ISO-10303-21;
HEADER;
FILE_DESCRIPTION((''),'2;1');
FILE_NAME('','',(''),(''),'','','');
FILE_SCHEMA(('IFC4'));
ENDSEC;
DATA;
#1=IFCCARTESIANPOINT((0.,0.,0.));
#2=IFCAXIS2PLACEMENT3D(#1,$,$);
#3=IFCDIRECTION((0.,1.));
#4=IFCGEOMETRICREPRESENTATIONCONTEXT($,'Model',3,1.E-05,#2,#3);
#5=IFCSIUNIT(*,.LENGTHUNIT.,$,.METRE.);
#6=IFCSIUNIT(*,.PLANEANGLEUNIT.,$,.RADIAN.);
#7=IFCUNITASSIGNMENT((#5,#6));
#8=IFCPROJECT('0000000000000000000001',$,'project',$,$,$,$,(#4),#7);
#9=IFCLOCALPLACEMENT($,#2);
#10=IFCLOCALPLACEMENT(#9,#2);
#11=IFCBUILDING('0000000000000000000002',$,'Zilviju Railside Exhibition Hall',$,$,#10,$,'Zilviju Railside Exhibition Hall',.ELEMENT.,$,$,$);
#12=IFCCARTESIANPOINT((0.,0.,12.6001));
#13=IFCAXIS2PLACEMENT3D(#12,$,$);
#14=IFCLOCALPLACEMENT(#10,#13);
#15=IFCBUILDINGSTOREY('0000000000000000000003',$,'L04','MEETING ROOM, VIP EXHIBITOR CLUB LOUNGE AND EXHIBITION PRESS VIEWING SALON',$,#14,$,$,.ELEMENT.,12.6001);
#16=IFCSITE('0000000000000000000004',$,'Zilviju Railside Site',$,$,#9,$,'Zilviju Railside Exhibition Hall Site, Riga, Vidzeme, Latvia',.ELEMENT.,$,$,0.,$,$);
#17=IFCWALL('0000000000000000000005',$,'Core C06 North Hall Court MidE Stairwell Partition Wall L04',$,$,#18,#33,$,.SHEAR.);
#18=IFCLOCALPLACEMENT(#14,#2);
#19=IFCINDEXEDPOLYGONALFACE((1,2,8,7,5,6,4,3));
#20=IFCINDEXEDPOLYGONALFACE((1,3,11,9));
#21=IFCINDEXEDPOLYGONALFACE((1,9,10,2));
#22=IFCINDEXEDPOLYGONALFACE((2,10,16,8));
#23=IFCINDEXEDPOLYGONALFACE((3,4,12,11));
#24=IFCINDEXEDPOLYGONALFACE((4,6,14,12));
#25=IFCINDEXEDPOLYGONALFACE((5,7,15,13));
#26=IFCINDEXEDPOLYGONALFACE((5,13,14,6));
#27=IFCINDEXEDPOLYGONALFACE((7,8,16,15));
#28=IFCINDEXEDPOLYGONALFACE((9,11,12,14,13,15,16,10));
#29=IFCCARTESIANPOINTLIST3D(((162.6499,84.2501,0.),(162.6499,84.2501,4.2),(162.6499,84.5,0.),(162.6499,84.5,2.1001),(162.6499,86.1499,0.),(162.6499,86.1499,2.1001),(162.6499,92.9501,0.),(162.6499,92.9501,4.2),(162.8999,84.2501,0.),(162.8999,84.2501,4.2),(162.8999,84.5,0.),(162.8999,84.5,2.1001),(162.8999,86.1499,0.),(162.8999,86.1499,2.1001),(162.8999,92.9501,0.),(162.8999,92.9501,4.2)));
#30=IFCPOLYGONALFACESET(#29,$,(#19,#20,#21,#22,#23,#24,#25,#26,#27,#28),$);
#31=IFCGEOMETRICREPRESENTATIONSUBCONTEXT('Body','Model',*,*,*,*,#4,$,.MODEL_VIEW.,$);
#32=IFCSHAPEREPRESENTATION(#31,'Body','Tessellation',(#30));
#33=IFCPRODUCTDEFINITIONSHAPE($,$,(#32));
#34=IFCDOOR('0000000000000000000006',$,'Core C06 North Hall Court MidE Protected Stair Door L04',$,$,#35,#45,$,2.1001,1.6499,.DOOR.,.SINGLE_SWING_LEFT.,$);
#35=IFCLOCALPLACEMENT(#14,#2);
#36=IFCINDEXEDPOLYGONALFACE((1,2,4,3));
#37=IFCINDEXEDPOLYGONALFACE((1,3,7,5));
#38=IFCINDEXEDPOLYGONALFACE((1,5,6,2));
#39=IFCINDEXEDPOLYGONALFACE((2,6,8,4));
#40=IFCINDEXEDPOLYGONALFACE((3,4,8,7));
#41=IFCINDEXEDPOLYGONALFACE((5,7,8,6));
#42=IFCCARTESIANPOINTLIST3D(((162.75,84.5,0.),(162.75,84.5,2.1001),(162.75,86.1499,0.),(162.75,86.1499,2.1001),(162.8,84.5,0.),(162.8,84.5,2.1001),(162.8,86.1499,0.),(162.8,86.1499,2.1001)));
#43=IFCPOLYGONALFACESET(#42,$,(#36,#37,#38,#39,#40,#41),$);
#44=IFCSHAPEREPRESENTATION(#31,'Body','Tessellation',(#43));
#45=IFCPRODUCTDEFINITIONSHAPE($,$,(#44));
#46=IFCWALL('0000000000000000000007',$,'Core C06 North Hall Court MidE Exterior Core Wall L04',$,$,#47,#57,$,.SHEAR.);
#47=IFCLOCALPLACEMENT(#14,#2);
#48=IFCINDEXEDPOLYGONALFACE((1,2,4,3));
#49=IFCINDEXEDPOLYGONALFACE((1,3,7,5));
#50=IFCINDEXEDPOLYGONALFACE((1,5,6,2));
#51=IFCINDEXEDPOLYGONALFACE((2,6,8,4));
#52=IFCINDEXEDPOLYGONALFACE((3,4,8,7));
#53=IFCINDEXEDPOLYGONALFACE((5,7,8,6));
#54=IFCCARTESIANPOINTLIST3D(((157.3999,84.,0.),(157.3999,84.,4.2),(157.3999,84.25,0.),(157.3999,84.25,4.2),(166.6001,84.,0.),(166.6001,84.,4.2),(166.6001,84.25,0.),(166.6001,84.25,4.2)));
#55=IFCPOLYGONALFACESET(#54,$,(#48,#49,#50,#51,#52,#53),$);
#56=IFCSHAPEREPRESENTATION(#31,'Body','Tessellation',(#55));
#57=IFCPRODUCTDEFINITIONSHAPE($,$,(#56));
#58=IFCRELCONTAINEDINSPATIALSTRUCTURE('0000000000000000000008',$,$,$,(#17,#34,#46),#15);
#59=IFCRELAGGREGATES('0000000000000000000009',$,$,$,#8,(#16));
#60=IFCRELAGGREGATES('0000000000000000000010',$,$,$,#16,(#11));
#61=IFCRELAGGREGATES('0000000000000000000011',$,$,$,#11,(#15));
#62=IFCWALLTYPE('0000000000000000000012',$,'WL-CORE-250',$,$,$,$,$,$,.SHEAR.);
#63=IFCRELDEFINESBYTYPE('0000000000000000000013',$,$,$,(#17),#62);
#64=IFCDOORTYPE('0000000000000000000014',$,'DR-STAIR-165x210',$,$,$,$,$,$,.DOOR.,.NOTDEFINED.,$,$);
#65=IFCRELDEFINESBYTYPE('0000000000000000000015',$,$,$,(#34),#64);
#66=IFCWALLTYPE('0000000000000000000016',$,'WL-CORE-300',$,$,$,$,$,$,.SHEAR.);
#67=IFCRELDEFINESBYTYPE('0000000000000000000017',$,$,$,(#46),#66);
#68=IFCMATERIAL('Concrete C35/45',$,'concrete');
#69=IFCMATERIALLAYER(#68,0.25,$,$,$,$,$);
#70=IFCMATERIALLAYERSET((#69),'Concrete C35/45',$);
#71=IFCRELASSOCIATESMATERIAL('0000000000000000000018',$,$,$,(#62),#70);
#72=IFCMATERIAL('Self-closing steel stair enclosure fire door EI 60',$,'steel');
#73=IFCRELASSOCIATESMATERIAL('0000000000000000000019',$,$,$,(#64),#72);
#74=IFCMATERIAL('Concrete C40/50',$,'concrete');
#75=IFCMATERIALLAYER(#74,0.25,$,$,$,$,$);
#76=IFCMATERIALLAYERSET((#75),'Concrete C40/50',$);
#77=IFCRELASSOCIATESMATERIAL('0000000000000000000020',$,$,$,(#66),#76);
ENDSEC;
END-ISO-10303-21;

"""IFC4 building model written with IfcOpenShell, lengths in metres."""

from ifc_helpers import new_model, si_unit, direction, frame, frame_2d, origin, place, context, subcontext, project, spatial, rectangle, extrude, material, layer, layer_set, type_object, element, fill, save


model = new_model("IFC4")

# Units and contexts
model_context = context("Model", 3, precision=1e-05, world=origin(), true_north=direction((0.0, 1.0)))
body_context = subcontext(model_context, "Body", "Model", "MODEL_VIEW")
ifc_project = project(units=[si_unit("LENGTHUNIT", "METRE"), si_unit("PLANEANGLEUNIT", "RADIAN")], contexts=[model_context])

# Site, building, storey
site_placement = place(None, origin())
site = spatial("IfcSite", under=ifc_project, at=site_placement, Name="Zilviju Railside Site", LongName="Zilviju Railside Exhibition Hall Site, Riga, Vidzeme, Latvia", CompositionType="ELEMENT", RefElevation=0.0)
building_placement = place(site_placement, origin())
building = spatial("IfcBuilding", under=site, at=building_placement, Name="Zilviju Railside Exhibition Hall", LongName="Zilviju Railside Exhibition Hall", CompositionType="ELEMENT")
storey_placement = place(building_placement, frame((0.0, 0.0, 12.6001)))
storey = spatial("IfcBuildingStorey", under=building, at=storey_placement, Name="L04", Description="MEETING ROOM, VIP EXHIBITOR CLUB LOUNGE AND EXHIBITION PRESS VIEWING SALON", CompositionType="ELEMENT", Elevation=12.6001)

# Shared definitions
ifc_material_1 = material(Name="Concrete C35/45", Category="concrete")
ifc_layer_1 = layer(ifc_material_1, 0.25)
ifc_layer_set_1 = layer_set([ifc_layer_1], Name="Concrete C35/45")
wall_type_1 = type_object("IfcWallType", Name="WL-CORE-250", PredefinedType="SHEAR", material=ifc_layer_set_1)

# Wall, opening, door
wall_1_placement = place(storey_placement, frame((162.7749, 84.25, 0.0), z_axis=(0.0, 0.0, 1.0), x_axis=(0.0, 1.0, 0.0)))
wall_1 = element("IfcWall", 1, at=wall_1_placement, inside=storey, type_object=wall_type_1, Name="Core C06 North Hall Court MidE Stairwell Partition Wall L04", PredefinedType="SHEAR", context=body_context, shape_type="SweptSolid", body=[
    extrude(rectangle(XDim=8.7, YDim=0.25, at=frame_2d((4.3501, 0.0))), origin(), (0.0, 0.0, 1.0), 4.2),
])
opening_placement = place(wall_1_placement, frame((0.25, 0.0, 0.0)))
opening = element("IfcOpeningElement", 2, at=opening_placement, cuts=wall_1, PredefinedType="OPENING", context=body_context, shape_type="SweptSolid", body=[
    extrude(rectangle(XDim=1.6499, YDim=2.1001, at=frame_2d((0.825, 1.05))), frame((0.0, 0.135, 0.0), z_axis=(0.0, -1.0, 0.0), x_axis=(1.0, 0.0, 0.0)), (0.0, 0.0, 1.0), 0.27),
])
ifc_material_2 = material(Name="Self-closing steel stair enclosure fire door EI 60", Category="steel")
door_type = type_object("IfcDoorType", Name="DR-STAIR-165x210", OperationType="NOTDEFINED", PredefinedType="DOOR", material=ifc_material_2)
door_placement = place(opening_placement, origin())
door = element("IfcDoor", 3, at=door_placement, inside=storey, type_object=door_type, Name="Core C06 North Hall Court MidE Protected Stair Door L04", OperationType="SINGLE_SWING_LEFT", OverallHeight=2.1001, OverallWidth=1.6499, PredefinedType="DOOR", context=body_context, shape_type="SweptSolid", body=[
    extrude(rectangle(XDim=1.6499, YDim=2.1001, at=frame_2d((0.825, 1.05))), frame((0.0, 0.0249, 0.0), z_axis=(0.0, -1.0, 0.0), x_axis=(1.0, 0.0, 0.0)), (0.0, 0.0, 1.0), 0.05),
])
fill(opening, door)

# Wall
ifc_material_3 = material(Name="Concrete C40/50", Category="concrete")
ifc_layer_2 = layer(ifc_material_3, 0.25)
ifc_layer_set_2 = layer_set([ifc_layer_2], Name="Concrete C40/50")
wall_type_2 = type_object("IfcWallType", Name="WL-CORE-300", PredefinedType="SHEAR", material=ifc_layer_set_2)
wall_2_placement = place(storey_placement, frame((166.6001, 84.125, 0.0), z_axis=(0.0, 0.0, 1.0), x_axis=(-1.0, 0.0, 0.0)))
element("IfcWall", 4, at=wall_2_placement, inside=storey, type_object=wall_type_2, Name="Core C06 North Hall Court MidE Exterior Core Wall L04", PredefinedType="SHEAR", context=body_context, shape_type="SweptSolid", body=[
    extrude(rectangle(XDim=9.2002, YDim=0.25, at=frame_2d((4.6001, 0.0))), origin(), (0.0, 0.0, 1.0), 4.2),
])

save(model, "model.ifc")
